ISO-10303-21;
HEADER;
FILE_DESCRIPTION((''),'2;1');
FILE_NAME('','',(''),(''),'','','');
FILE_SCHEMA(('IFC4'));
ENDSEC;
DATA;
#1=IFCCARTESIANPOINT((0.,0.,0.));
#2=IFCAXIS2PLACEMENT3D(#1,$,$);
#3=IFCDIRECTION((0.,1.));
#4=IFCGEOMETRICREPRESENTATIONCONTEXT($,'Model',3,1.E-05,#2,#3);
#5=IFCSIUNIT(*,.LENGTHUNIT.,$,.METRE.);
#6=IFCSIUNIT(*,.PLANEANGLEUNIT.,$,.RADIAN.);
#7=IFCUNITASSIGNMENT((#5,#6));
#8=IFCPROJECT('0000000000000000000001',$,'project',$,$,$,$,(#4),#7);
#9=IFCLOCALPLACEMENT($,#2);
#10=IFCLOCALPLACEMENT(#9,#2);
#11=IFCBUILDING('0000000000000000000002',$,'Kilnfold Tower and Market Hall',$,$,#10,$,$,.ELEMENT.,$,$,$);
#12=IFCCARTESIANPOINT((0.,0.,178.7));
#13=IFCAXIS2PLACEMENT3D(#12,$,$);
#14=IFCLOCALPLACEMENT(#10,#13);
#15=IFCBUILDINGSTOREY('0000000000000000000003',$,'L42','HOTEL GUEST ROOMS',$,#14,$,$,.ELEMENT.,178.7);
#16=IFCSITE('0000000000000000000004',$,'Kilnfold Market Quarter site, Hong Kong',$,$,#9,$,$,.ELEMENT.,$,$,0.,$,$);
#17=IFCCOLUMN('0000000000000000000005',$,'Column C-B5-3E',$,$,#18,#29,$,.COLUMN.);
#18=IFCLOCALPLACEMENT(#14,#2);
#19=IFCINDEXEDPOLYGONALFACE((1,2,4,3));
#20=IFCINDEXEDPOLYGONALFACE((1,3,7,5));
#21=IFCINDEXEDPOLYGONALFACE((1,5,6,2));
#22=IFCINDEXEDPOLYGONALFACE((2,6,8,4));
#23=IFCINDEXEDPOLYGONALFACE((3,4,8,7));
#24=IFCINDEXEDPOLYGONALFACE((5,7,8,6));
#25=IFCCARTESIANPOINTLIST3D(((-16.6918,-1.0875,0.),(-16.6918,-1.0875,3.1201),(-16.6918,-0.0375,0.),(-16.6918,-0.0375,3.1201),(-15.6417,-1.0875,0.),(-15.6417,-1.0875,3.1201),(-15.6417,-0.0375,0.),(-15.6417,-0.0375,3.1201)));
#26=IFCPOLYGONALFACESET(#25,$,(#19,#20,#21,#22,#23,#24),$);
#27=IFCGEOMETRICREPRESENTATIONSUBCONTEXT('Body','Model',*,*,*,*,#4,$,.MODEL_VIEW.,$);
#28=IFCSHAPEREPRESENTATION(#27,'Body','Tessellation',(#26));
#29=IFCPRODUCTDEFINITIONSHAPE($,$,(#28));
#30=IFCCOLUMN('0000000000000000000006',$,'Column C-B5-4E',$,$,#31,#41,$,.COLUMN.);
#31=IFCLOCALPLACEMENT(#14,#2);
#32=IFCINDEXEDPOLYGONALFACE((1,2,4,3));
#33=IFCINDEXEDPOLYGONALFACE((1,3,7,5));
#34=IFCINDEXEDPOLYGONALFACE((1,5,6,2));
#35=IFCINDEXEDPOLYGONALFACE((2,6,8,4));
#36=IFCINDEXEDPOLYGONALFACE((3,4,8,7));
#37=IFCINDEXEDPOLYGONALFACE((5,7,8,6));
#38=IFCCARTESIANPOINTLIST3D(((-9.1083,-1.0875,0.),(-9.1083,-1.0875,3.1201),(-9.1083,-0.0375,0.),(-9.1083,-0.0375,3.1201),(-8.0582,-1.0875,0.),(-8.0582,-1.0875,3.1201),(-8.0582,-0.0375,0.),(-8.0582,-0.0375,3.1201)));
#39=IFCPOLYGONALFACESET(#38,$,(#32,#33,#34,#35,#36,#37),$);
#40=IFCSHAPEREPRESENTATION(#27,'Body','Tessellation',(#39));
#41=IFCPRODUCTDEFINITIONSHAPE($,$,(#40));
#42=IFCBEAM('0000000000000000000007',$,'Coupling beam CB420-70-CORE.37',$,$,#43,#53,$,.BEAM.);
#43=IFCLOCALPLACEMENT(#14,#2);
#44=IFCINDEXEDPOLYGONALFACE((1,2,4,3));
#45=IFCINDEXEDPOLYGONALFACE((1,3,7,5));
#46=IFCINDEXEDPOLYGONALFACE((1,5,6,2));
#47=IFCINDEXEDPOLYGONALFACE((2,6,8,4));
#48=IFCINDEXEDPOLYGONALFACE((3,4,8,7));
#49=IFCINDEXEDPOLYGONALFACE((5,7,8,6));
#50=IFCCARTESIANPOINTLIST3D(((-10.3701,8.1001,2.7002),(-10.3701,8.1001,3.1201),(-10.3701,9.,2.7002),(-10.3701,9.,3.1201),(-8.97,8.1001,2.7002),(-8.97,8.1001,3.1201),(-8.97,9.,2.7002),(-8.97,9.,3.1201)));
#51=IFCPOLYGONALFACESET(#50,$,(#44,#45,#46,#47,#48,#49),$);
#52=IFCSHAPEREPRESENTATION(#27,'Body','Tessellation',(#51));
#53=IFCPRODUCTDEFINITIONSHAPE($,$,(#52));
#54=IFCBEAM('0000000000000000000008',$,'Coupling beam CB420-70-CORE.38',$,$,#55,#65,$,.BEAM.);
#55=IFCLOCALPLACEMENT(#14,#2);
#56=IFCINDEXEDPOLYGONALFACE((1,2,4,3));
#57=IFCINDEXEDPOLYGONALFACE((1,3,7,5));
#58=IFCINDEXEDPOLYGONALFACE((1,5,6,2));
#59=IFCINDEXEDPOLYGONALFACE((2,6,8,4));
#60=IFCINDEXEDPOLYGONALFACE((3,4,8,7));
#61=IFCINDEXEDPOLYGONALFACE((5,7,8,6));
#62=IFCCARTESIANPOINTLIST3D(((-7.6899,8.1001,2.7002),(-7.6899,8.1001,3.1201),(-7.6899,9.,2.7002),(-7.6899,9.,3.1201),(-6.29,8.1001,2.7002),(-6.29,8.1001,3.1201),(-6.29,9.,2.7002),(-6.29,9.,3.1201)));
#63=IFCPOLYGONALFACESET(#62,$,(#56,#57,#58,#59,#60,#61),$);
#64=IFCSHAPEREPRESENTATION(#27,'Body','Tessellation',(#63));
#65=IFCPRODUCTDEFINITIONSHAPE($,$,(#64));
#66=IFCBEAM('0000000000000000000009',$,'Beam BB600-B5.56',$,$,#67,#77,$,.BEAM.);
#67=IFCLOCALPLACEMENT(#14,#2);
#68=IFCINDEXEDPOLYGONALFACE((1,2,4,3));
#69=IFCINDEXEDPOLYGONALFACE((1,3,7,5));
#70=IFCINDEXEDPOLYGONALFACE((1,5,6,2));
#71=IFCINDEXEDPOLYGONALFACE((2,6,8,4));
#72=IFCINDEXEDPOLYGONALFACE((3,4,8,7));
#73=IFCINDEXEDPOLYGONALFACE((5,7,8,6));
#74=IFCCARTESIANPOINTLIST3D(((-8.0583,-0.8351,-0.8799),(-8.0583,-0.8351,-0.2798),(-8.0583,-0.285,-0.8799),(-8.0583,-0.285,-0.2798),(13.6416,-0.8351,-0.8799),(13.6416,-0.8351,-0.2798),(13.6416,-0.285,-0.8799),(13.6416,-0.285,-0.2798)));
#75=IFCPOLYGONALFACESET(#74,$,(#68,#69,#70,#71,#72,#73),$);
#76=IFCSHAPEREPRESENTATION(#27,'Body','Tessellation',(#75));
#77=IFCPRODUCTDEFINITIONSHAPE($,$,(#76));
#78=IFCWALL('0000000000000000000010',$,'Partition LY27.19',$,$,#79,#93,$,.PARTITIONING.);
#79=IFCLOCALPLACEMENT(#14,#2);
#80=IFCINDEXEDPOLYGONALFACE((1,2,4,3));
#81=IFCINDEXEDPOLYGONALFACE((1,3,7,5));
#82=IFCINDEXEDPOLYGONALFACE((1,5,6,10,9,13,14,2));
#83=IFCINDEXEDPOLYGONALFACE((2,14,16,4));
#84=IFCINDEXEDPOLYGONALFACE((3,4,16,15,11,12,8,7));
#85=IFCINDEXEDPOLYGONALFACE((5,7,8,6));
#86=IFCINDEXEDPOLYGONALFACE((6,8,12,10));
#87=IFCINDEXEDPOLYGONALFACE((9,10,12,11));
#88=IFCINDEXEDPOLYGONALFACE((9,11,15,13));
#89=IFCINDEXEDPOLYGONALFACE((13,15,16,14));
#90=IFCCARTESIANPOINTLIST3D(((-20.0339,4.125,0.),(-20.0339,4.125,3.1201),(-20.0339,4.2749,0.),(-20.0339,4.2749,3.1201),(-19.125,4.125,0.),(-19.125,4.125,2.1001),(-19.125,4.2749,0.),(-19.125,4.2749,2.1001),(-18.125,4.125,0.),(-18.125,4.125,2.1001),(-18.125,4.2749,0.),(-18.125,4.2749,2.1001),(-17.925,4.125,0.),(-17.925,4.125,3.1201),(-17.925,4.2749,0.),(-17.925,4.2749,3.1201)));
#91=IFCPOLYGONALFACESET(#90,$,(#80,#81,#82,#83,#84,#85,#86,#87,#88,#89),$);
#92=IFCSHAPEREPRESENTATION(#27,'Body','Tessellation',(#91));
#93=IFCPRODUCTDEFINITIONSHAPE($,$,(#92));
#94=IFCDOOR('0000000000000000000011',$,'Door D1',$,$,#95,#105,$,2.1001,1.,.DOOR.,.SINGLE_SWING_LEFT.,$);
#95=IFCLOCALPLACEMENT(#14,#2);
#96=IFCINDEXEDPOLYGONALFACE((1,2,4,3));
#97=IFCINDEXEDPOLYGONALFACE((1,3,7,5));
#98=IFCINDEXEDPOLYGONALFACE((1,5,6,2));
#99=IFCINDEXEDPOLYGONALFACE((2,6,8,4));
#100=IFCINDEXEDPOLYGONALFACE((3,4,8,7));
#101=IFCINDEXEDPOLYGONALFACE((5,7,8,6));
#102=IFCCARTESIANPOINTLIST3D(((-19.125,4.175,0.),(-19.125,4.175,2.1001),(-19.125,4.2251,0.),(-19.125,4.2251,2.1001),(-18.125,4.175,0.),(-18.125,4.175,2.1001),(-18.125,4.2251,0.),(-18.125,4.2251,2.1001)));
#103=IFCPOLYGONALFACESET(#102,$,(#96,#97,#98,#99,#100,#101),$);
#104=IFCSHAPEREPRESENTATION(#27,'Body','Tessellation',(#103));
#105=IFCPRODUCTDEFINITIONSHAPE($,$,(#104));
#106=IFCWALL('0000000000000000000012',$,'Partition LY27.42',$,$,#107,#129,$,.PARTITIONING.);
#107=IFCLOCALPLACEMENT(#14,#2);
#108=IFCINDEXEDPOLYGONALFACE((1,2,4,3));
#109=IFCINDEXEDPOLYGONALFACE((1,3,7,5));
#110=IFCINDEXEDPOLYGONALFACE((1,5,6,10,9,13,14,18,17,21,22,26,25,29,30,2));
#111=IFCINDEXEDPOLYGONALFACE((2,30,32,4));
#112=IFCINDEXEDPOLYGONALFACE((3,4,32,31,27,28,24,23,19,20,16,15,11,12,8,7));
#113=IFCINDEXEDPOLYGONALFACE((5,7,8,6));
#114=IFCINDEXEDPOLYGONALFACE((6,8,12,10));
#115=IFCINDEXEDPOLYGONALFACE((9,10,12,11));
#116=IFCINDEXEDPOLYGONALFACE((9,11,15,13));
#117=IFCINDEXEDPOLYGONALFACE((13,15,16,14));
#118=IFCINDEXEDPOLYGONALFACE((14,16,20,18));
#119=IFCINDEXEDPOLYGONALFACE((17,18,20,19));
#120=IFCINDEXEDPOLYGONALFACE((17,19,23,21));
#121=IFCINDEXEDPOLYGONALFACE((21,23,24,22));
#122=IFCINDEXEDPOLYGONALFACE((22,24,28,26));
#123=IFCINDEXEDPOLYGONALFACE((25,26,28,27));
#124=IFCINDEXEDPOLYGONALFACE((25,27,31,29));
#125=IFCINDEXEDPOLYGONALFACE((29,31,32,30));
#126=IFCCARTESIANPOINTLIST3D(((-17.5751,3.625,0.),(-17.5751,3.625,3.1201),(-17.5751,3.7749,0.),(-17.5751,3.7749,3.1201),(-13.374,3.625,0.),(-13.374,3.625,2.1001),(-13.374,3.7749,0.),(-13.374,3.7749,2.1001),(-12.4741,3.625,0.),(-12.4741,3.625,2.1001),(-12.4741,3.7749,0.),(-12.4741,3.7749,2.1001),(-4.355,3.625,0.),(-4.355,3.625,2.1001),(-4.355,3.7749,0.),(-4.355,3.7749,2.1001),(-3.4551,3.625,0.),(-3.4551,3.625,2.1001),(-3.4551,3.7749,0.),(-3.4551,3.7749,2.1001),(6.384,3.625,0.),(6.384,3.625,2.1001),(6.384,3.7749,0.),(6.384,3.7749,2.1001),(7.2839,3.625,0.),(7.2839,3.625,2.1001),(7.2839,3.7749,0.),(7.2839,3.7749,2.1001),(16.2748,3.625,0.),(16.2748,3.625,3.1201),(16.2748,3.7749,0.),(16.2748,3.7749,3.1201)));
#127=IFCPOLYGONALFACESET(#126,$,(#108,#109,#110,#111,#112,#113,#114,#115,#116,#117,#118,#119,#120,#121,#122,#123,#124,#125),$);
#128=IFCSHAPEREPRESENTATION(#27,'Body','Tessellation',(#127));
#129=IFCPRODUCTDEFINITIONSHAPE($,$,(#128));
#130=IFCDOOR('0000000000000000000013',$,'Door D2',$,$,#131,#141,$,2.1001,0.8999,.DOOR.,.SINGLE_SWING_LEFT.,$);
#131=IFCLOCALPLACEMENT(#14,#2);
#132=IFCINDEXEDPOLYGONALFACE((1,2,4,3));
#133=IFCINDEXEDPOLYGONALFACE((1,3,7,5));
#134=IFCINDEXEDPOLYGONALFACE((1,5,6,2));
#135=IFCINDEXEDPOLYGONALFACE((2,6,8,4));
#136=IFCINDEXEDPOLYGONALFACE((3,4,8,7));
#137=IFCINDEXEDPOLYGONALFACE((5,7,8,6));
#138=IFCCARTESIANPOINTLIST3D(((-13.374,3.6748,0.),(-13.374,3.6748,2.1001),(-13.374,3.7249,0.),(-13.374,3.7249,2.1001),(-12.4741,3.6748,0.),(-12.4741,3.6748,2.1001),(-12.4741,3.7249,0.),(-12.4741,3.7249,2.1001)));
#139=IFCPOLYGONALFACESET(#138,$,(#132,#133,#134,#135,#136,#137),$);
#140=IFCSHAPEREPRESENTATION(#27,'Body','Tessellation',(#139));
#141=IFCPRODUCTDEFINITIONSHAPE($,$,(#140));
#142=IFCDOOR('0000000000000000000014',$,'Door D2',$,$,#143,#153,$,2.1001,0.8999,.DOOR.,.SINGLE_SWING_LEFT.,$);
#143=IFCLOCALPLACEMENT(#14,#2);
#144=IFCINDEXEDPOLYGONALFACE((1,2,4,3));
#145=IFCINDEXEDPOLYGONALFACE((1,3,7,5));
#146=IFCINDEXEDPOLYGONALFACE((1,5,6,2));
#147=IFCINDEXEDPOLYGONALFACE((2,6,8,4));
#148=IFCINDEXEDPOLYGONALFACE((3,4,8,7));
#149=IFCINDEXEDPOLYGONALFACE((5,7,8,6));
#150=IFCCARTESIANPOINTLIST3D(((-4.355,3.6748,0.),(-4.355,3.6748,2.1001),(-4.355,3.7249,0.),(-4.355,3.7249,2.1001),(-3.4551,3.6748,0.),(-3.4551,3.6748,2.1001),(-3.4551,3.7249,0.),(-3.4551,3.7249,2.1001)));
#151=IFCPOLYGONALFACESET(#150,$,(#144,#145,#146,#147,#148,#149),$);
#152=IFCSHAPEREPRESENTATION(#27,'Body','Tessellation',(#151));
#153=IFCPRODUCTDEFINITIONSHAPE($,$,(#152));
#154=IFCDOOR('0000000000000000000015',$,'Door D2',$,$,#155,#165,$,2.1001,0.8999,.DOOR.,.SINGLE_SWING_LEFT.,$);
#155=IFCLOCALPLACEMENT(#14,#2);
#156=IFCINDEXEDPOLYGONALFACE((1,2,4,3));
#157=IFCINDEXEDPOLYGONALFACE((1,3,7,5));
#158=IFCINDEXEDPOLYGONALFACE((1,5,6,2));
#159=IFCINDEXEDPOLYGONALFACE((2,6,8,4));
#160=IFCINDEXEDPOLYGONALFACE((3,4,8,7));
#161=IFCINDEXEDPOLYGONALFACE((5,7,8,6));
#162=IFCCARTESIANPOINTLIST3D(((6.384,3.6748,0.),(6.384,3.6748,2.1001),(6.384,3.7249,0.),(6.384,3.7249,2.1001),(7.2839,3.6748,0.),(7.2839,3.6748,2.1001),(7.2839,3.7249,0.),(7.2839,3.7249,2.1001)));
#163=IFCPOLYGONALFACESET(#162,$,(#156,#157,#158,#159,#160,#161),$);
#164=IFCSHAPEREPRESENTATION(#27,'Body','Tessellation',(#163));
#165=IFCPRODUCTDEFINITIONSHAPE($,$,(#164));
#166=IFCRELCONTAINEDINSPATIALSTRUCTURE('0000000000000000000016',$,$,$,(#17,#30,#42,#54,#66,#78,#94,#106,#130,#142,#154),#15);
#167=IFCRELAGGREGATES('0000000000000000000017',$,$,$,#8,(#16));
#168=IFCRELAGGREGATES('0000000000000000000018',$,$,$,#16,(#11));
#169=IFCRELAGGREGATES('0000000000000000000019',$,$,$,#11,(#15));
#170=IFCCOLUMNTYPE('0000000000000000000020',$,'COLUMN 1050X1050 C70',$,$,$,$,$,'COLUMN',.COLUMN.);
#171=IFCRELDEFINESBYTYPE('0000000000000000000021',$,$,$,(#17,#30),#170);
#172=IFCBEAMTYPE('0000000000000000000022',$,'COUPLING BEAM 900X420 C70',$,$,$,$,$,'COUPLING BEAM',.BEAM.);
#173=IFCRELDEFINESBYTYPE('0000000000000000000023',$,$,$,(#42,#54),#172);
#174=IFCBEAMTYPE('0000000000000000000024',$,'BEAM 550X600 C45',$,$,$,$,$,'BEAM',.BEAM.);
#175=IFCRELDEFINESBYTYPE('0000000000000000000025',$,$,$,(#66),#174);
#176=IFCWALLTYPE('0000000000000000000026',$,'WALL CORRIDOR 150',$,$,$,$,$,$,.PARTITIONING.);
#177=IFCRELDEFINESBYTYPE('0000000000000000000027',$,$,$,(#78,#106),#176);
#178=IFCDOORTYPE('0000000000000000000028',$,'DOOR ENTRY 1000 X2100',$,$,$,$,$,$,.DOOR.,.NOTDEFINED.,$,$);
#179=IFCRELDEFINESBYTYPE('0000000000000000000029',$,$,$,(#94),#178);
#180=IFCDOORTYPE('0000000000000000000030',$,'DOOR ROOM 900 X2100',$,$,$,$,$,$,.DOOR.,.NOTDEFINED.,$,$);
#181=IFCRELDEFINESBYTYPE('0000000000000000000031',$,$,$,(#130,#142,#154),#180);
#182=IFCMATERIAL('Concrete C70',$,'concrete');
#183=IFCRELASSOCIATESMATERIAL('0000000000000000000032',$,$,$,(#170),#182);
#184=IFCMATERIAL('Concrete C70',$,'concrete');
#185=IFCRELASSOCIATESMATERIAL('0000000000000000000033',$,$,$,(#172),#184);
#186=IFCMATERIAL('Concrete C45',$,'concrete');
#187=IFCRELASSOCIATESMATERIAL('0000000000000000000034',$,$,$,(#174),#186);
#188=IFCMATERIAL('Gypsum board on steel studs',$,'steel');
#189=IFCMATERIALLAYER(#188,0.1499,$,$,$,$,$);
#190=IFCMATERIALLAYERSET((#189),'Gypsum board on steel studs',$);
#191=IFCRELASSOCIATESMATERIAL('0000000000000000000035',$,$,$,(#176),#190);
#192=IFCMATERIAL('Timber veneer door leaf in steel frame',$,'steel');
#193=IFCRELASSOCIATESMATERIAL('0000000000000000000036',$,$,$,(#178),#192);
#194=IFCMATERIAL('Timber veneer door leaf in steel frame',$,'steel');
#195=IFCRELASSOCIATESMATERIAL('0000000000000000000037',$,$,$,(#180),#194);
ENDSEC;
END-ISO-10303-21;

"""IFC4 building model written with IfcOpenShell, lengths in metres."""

from ifc_helpers import new_model, si_unit, direction, frame, frame_2d, origin, origin_2d, place, context, subcontext, project, spatial, rectangle, extrude, source, transform, mapped, material, layer, layer_set, material_profile, profile_set, type_object, element, fill, save


model = new_model("IFC4")

# Units and contexts
model_context = context("Model", 3, precision=1e-05, world=origin(), true_north=direction((0.0, 1.0)))
body_context = subcontext(model_context, "Body", "Model", "MODEL_VIEW")
ifc_project = project(units=[si_unit("LENGTHUNIT", "METRE"), si_unit("PLANEANGLEUNIT", "RADIAN")], contexts=[model_context])

# Site, building, storey
site_placement = place(None, origin())
site = spatial("IfcSite", under=ifc_project, at=site_placement, Name="Kilnfold Market Quarter site, Hong Kong", CompositionType="ELEMENT", RefElevation=0.0)
building_placement = place(site_placement, origin())
building = spatial("IfcBuilding", under=site, at=building_placement, Name="Kilnfold Tower and Market Hall", CompositionType="ELEMENT")
storey_placement = place(building_placement, frame((0.0, 0.0, 178.7)))
storey = spatial("IfcBuildingStorey", under=building, at=storey_placement, Name="L42", Description="HOTEL GUEST ROOMS", CompositionType="ELEMENT", Elevation=178.7)

# Columns
ifc_material_1 = material(Name="Concrete C70", Category="concrete")
ifc_material_profile_1 = material_profile(ifc_material_1, rectangle(XDim=1.05, YDim=1.05, at=origin_2d()), Name="RC 1050x1050")
ifc_profile_set_1 = profile_set([ifc_material_profile_1], Name="Concrete C70")
column_type = type_object("IfcColumnType", Name="COLUMN 1050X1050 C70", ElementType="COLUMN", PredefinedType="COLUMN", material=ifc_profile_set_1)
shared_shape_1 = source(origin(), body_context, "Body", "SweptSolid", [
    extrude(rectangle(XDim=1.05, YDim=1.05, at=origin_2d()), origin(), (0.0, 0.0, 1.0), 3.1201),
])
for number, where, z_axis, x_axis, name in (
    (1, (-16.1667, -0.5625, 0.0), (0.0, 0.0, 1.0), (1.0, 0.0, 0.0), "Column C-B5-3E"),
    (2, (-8.5833, -0.5625, 0.0), (0.0, 0.0, 1.0), (1.0, 0.0, 0.0), "Column C-B5-4E"),
):
    element("IfcColumn", number, at=place(storey_placement, frame(where, z_axis=z_axis, x_axis=x_axis)), inside=storey, type_object=column_type, Name=name, PredefinedType="COLUMN", context=body_context, shape_type="MappedRepresentation", body=[
        mapped(shared_shape_1, transform((0.0, 0.0, 0.0))),
    ])

# Beams
ifc_material_2 = material(Name="Concrete C70", Category="concrete")
ifc_material_profile_2 = material_profile(ifc_material_2, rectangle(XDim=0.8999, YDim=0.4199, at=origin_2d()), Name="RC 900x420")
ifc_profile_set_2 = profile_set([ifc_material_profile_2], Name="Concrete C70")
beam_type_1 = type_object("IfcBeamType", Name="COUPLING BEAM 900X420 C70", ElementType="COUPLING BEAM", PredefinedType="BEAM", material=ifc_profile_set_2)
shared_shape_2 = source(origin(), body_context, "Body", "SweptSolid", [
    extrude(rectangle(XDim=0.8999, YDim=0.4199, at=origin_2d()), origin(), (0.0, 0.0, 1.0), 1.4001),
])
beam_1_placement = place(storey_placement, frame((-10.3701, 8.55, 2.9102), z_axis=(1.0, 0.0, 0.0), x_axis=(0.0, 1.0, 0.0)))
element("IfcBeam", 3, at=beam_1_placement, inside=storey, type_object=beam_type_1, Name="Coupling beam CB420-70-CORE.37", PredefinedType="BEAM", context=body_context, shape_type="MappedRepresentation", body=[
    mapped(shared_shape_2, transform((0.0, 0.0, 0.0))),
])
shared_shape_3 = source(origin(), body_context, "Body", "SweptSolid", [
    extrude(rectangle(XDim=0.8999, YDim=0.4199, at=origin_2d()), origin(), (0.0, 0.0, 1.0), 1.3999),
])
beam_2_placement = place(storey_placement, frame((-7.6899, 8.55, 2.9102), z_axis=(1.0, 0.0, 0.0), x_axis=(0.0, 1.0, 0.0)))
element("IfcBeam", 4, at=beam_2_placement, inside=storey, type_object=beam_type_1, Name="Coupling beam CB420-70-CORE.38", PredefinedType="BEAM", context=body_context, shape_type="MappedRepresentation", body=[
    mapped(shared_shape_3, transform((0.0, 0.0, 0.0))),
])
ifc_material_3 = material(Name="Concrete C45", Category="concrete")
ifc_material_profile_3 = material_profile(ifc_material_3, rectangle(XDim=0.55, YDim=0.6001, at=origin_2d()), Name="RC 550x600")
ifc_profile_set_3 = profile_set([ifc_material_profile_3], Name="Concrete C45")
beam_type_2 = type_object("IfcBeamType", Name="BEAM 550X600 C45", ElementType="BEAM", PredefinedType="BEAM", material=ifc_profile_set_3)
shared_shape_4 = source(origin(), body_context, "Body", "SweptSolid", [
    extrude(rectangle(XDim=0.55, YDim=0.6001, at=origin_2d()), origin(), (0.0, 0.0, 1.0), 21.7),
])
beam_3_placement = place(storey_placement, frame((-8.0583, -0.5601, -0.5798), z_axis=(1.0, 0.0, 0.0), x_axis=(0.0, 1.0, 0.0)))
element("IfcBeam", 5, at=beam_3_placement, inside=storey, type_object=beam_type_2, Name="Beam BB600-B5.56", PredefinedType="BEAM", context=body_context, shape_type="MappedRepresentation", body=[
    mapped(shared_shape_4, transform((0.0, 0.0, 0.0))),
])

# Wall, opening, door
ifc_material_4 = material(Name="Gypsum board on steel studs", Category="steel")
ifc_layer_1 = layer(ifc_material_4, 0.1499)
ifc_layer_set_1 = layer_set([ifc_layer_1], Name="Gypsum board on steel studs")
wall_type_1 = type_object("IfcWallType", Name="WALL CORRIDOR 150", PredefinedType="PARTITIONING", material=ifc_layer_set_1)
wall_1_placement = place(storey_placement, frame((-17.925, 4.2, 0.0), z_axis=(0.0, 0.0, 1.0), x_axis=(-1.0, 0.0, 0.0)))
wall_1 = element("IfcWall", 6, at=wall_1_placement, inside=storey, type_object=wall_type_1, Name="Partition LY27.19", PredefinedType="PARTITIONING", context=body_context, shape_type="SweptSolid", body=[
    extrude(rectangle(XDim=2.1089, YDim=0.1499, at=frame_2d((1.0544, 0.0))), origin(), (0.0, 0.0, 1.0), 3.1201),
])
opening_1_placement = place(wall_1_placement, frame((0.2, 0.0, 0.0)))
opening_1 = element("IfcOpeningElement", 7, at=opening_1_placement, cuts=wall_1, PredefinedType="OPENING", context=body_context, shape_type="SweptSolid", body=[
    extrude(rectangle(XDim=1.0, YDim=2.1001, at=frame_2d((0.5, 1.05))), frame((0.0, 0.085, 0.0), z_axis=(0.0, -1.0, 0.0), x_axis=(1.0, 0.0, 0.0)), (0.0, 0.0, 1.0), 0.1699),
])
ifc_material_5 = material(Name="Timber veneer door leaf in steel frame", Category="steel")
door_type_1 = type_object("IfcDoorType", Name="DOOR ENTRY 1000 X2100", OperationType="NOTDEFINED", PredefinedType="DOOR", material=ifc_material_5)
door_1_placement = place(opening_1_placement, origin())
door_1 = element("IfcDoor", 8, at=door_1_placement, inside=storey, type_object=door_type_1, Name="Door D1", OperationType="SINGLE_SWING_LEFT", OverallHeight=2.1001, OverallWidth=1.0, PredefinedType="DOOR", context=body_context, shape_type="SweptSolid", body=[
    extrude(rectangle(XDim=1.0, YDim=2.1001, at=frame_2d((0.5, 1.05))), frame((0.0, 0.0249, 0.0), z_axis=(0.0, -1.0, 0.0), x_axis=(1.0, 0.0, 0.0)), (0.0, 0.0, 1.0), 0.05),
])
fill(opening_1, door_1)

# Wall, openings, doors
wall_2_placement = place(storey_placement, frame((-17.575, 3.7, 0.0), z_axis=(0.0, 0.0, 1.0), x_axis=(1.0, 0.0, 0.0)))
wall_2 = element("IfcWall", 9, at=wall_2_placement, inside=storey, type_object=wall_type_1, Name="Partition LY27.42", PredefinedType="PARTITIONING", context=body_context, shape_type="SweptSolid", body=[
    extrude(rectangle(XDim=33.8499, YDim=0.1499, at=frame_2d((16.9248, 0.0))), origin(), (0.0, 0.0, 1.0), 3.1201),
])
opening_2_placement = place(wall_2_placement, frame((4.2009, 0.0, 0.0)))
opening_2 = element("IfcOpeningElement", 10, at=opening_2_placement, cuts=wall_2, PredefinedType="OPENING", context=body_context, shape_type="SweptSolid", body=[
    extrude(rectangle(XDim=0.8999, YDim=2.1001, at=frame_2d((0.45, 1.05))), frame((0.0, 0.085, 0.0), z_axis=(0.0, -1.0, 0.0), x_axis=(1.0, 0.0, 0.0)), (0.0, 0.0, 1.0), 0.1699),
])
opening_3_placement = place(wall_2_placement, frame((13.22, 0.0, 0.0)))
opening_3 = element("IfcOpeningElement", 11, at=opening_3_placement, cuts=wall_2, PredefinedType="OPENING", context=body_context, shape_type="SweptSolid", body=[
    extrude(rectangle(XDim=0.8999, YDim=2.1001, at=frame_2d((0.45, 1.05))), frame((0.0, 0.085, 0.0), z_axis=(0.0, -1.0, 0.0), x_axis=(1.0, 0.0, 0.0)), (0.0, 0.0, 1.0), 0.1699),
])
opening_4_placement = place(wall_2_placement, frame((23.959, 0.0, 0.0)))
opening_4 = element("IfcOpeningElement", 12, at=opening_4_placement, cuts=wall_2, PredefinedType="OPENING", context=body_context, shape_type="SweptSolid", body=[
    extrude(rectangle(XDim=0.8999, YDim=2.1001, at=frame_2d((0.45, 1.05))), frame((0.0, 0.085, 0.0), z_axis=(0.0, -1.0, 0.0), x_axis=(1.0, 0.0, 0.0)), (0.0, 0.0, 1.0), 0.1699),
])
ifc_material_6 = material(Name="Timber veneer door leaf in steel frame", Category="steel")
door_type_2 = type_object("IfcDoorType", Name="DOOR ROOM 900 X2100", OperationType="NOTDEFINED", PredefinedType="DOOR", material=ifc_material_6)
door_2_placement = place(opening_2_placement, origin())
door_2 = element("IfcDoor", 13, at=door_2_placement, inside=storey, type_object=door_type_2, Name="Door D2", OperationType="SINGLE_SWING_LEFT", OverallHeight=2.1001, OverallWidth=0.8999, PredefinedType="DOOR", context=body_context, shape_type="SweptSolid", body=[
    extrude(rectangle(XDim=0.8999, YDim=2.1001, at=frame_2d((0.45, 1.05))), frame((0.0, 0.0249, 0.0), z_axis=(0.0, -1.0, 0.0), x_axis=(1.0, 0.0, 0.0)), (0.0, 0.0, 1.0), 0.05),
])
fill(opening_2, door_2)
door_3_placement = place(opening_3_placement, origin())
door_3 = element("IfcDoor", 14, at=door_3_placement, inside=storey, type_object=door_type_2, Name="Door D2", OperationType="SINGLE_SWING_LEFT", OverallHeight=2.1001, OverallWidth=0.8999, PredefinedType="DOOR", context=body_context, shape_type="SweptSolid", body=[
    extrude(rectangle(XDim=0.8999, YDim=2.1001, at=frame_2d((0.45, 1.05))), frame((0.0, 0.0249, 0.0), z_axis=(0.0, -1.0, 0.0), x_axis=(1.0, 0.0, 0.0)), (0.0, 0.0, 1.0), 0.05),
])
fill(opening_3, door_3)
door_4_placement = place(opening_4_placement, origin())
door_4 = element("IfcDoor", 15, at=door_4_placement, inside=storey, type_object=door_type_2, Name="Door D2", OperationType="SINGLE_SWING_LEFT", OverallHeight=2.1001, OverallWidth=0.8999, PredefinedType="DOOR", context=body_context, shape_type="SweptSolid", body=[
    extrude(rectangle(XDim=0.8999, YDim=2.1001, at=frame_2d((0.45, 1.05))), frame((0.0, 0.0249, 0.0), z_axis=(0.0, -1.0, 0.0), x_axis=(1.0, 0.0, 0.0)), (0.0, 0.0, 1.0), 0.05),
])
fill(opening_4, door_4)

save(model, "model.ifc")
